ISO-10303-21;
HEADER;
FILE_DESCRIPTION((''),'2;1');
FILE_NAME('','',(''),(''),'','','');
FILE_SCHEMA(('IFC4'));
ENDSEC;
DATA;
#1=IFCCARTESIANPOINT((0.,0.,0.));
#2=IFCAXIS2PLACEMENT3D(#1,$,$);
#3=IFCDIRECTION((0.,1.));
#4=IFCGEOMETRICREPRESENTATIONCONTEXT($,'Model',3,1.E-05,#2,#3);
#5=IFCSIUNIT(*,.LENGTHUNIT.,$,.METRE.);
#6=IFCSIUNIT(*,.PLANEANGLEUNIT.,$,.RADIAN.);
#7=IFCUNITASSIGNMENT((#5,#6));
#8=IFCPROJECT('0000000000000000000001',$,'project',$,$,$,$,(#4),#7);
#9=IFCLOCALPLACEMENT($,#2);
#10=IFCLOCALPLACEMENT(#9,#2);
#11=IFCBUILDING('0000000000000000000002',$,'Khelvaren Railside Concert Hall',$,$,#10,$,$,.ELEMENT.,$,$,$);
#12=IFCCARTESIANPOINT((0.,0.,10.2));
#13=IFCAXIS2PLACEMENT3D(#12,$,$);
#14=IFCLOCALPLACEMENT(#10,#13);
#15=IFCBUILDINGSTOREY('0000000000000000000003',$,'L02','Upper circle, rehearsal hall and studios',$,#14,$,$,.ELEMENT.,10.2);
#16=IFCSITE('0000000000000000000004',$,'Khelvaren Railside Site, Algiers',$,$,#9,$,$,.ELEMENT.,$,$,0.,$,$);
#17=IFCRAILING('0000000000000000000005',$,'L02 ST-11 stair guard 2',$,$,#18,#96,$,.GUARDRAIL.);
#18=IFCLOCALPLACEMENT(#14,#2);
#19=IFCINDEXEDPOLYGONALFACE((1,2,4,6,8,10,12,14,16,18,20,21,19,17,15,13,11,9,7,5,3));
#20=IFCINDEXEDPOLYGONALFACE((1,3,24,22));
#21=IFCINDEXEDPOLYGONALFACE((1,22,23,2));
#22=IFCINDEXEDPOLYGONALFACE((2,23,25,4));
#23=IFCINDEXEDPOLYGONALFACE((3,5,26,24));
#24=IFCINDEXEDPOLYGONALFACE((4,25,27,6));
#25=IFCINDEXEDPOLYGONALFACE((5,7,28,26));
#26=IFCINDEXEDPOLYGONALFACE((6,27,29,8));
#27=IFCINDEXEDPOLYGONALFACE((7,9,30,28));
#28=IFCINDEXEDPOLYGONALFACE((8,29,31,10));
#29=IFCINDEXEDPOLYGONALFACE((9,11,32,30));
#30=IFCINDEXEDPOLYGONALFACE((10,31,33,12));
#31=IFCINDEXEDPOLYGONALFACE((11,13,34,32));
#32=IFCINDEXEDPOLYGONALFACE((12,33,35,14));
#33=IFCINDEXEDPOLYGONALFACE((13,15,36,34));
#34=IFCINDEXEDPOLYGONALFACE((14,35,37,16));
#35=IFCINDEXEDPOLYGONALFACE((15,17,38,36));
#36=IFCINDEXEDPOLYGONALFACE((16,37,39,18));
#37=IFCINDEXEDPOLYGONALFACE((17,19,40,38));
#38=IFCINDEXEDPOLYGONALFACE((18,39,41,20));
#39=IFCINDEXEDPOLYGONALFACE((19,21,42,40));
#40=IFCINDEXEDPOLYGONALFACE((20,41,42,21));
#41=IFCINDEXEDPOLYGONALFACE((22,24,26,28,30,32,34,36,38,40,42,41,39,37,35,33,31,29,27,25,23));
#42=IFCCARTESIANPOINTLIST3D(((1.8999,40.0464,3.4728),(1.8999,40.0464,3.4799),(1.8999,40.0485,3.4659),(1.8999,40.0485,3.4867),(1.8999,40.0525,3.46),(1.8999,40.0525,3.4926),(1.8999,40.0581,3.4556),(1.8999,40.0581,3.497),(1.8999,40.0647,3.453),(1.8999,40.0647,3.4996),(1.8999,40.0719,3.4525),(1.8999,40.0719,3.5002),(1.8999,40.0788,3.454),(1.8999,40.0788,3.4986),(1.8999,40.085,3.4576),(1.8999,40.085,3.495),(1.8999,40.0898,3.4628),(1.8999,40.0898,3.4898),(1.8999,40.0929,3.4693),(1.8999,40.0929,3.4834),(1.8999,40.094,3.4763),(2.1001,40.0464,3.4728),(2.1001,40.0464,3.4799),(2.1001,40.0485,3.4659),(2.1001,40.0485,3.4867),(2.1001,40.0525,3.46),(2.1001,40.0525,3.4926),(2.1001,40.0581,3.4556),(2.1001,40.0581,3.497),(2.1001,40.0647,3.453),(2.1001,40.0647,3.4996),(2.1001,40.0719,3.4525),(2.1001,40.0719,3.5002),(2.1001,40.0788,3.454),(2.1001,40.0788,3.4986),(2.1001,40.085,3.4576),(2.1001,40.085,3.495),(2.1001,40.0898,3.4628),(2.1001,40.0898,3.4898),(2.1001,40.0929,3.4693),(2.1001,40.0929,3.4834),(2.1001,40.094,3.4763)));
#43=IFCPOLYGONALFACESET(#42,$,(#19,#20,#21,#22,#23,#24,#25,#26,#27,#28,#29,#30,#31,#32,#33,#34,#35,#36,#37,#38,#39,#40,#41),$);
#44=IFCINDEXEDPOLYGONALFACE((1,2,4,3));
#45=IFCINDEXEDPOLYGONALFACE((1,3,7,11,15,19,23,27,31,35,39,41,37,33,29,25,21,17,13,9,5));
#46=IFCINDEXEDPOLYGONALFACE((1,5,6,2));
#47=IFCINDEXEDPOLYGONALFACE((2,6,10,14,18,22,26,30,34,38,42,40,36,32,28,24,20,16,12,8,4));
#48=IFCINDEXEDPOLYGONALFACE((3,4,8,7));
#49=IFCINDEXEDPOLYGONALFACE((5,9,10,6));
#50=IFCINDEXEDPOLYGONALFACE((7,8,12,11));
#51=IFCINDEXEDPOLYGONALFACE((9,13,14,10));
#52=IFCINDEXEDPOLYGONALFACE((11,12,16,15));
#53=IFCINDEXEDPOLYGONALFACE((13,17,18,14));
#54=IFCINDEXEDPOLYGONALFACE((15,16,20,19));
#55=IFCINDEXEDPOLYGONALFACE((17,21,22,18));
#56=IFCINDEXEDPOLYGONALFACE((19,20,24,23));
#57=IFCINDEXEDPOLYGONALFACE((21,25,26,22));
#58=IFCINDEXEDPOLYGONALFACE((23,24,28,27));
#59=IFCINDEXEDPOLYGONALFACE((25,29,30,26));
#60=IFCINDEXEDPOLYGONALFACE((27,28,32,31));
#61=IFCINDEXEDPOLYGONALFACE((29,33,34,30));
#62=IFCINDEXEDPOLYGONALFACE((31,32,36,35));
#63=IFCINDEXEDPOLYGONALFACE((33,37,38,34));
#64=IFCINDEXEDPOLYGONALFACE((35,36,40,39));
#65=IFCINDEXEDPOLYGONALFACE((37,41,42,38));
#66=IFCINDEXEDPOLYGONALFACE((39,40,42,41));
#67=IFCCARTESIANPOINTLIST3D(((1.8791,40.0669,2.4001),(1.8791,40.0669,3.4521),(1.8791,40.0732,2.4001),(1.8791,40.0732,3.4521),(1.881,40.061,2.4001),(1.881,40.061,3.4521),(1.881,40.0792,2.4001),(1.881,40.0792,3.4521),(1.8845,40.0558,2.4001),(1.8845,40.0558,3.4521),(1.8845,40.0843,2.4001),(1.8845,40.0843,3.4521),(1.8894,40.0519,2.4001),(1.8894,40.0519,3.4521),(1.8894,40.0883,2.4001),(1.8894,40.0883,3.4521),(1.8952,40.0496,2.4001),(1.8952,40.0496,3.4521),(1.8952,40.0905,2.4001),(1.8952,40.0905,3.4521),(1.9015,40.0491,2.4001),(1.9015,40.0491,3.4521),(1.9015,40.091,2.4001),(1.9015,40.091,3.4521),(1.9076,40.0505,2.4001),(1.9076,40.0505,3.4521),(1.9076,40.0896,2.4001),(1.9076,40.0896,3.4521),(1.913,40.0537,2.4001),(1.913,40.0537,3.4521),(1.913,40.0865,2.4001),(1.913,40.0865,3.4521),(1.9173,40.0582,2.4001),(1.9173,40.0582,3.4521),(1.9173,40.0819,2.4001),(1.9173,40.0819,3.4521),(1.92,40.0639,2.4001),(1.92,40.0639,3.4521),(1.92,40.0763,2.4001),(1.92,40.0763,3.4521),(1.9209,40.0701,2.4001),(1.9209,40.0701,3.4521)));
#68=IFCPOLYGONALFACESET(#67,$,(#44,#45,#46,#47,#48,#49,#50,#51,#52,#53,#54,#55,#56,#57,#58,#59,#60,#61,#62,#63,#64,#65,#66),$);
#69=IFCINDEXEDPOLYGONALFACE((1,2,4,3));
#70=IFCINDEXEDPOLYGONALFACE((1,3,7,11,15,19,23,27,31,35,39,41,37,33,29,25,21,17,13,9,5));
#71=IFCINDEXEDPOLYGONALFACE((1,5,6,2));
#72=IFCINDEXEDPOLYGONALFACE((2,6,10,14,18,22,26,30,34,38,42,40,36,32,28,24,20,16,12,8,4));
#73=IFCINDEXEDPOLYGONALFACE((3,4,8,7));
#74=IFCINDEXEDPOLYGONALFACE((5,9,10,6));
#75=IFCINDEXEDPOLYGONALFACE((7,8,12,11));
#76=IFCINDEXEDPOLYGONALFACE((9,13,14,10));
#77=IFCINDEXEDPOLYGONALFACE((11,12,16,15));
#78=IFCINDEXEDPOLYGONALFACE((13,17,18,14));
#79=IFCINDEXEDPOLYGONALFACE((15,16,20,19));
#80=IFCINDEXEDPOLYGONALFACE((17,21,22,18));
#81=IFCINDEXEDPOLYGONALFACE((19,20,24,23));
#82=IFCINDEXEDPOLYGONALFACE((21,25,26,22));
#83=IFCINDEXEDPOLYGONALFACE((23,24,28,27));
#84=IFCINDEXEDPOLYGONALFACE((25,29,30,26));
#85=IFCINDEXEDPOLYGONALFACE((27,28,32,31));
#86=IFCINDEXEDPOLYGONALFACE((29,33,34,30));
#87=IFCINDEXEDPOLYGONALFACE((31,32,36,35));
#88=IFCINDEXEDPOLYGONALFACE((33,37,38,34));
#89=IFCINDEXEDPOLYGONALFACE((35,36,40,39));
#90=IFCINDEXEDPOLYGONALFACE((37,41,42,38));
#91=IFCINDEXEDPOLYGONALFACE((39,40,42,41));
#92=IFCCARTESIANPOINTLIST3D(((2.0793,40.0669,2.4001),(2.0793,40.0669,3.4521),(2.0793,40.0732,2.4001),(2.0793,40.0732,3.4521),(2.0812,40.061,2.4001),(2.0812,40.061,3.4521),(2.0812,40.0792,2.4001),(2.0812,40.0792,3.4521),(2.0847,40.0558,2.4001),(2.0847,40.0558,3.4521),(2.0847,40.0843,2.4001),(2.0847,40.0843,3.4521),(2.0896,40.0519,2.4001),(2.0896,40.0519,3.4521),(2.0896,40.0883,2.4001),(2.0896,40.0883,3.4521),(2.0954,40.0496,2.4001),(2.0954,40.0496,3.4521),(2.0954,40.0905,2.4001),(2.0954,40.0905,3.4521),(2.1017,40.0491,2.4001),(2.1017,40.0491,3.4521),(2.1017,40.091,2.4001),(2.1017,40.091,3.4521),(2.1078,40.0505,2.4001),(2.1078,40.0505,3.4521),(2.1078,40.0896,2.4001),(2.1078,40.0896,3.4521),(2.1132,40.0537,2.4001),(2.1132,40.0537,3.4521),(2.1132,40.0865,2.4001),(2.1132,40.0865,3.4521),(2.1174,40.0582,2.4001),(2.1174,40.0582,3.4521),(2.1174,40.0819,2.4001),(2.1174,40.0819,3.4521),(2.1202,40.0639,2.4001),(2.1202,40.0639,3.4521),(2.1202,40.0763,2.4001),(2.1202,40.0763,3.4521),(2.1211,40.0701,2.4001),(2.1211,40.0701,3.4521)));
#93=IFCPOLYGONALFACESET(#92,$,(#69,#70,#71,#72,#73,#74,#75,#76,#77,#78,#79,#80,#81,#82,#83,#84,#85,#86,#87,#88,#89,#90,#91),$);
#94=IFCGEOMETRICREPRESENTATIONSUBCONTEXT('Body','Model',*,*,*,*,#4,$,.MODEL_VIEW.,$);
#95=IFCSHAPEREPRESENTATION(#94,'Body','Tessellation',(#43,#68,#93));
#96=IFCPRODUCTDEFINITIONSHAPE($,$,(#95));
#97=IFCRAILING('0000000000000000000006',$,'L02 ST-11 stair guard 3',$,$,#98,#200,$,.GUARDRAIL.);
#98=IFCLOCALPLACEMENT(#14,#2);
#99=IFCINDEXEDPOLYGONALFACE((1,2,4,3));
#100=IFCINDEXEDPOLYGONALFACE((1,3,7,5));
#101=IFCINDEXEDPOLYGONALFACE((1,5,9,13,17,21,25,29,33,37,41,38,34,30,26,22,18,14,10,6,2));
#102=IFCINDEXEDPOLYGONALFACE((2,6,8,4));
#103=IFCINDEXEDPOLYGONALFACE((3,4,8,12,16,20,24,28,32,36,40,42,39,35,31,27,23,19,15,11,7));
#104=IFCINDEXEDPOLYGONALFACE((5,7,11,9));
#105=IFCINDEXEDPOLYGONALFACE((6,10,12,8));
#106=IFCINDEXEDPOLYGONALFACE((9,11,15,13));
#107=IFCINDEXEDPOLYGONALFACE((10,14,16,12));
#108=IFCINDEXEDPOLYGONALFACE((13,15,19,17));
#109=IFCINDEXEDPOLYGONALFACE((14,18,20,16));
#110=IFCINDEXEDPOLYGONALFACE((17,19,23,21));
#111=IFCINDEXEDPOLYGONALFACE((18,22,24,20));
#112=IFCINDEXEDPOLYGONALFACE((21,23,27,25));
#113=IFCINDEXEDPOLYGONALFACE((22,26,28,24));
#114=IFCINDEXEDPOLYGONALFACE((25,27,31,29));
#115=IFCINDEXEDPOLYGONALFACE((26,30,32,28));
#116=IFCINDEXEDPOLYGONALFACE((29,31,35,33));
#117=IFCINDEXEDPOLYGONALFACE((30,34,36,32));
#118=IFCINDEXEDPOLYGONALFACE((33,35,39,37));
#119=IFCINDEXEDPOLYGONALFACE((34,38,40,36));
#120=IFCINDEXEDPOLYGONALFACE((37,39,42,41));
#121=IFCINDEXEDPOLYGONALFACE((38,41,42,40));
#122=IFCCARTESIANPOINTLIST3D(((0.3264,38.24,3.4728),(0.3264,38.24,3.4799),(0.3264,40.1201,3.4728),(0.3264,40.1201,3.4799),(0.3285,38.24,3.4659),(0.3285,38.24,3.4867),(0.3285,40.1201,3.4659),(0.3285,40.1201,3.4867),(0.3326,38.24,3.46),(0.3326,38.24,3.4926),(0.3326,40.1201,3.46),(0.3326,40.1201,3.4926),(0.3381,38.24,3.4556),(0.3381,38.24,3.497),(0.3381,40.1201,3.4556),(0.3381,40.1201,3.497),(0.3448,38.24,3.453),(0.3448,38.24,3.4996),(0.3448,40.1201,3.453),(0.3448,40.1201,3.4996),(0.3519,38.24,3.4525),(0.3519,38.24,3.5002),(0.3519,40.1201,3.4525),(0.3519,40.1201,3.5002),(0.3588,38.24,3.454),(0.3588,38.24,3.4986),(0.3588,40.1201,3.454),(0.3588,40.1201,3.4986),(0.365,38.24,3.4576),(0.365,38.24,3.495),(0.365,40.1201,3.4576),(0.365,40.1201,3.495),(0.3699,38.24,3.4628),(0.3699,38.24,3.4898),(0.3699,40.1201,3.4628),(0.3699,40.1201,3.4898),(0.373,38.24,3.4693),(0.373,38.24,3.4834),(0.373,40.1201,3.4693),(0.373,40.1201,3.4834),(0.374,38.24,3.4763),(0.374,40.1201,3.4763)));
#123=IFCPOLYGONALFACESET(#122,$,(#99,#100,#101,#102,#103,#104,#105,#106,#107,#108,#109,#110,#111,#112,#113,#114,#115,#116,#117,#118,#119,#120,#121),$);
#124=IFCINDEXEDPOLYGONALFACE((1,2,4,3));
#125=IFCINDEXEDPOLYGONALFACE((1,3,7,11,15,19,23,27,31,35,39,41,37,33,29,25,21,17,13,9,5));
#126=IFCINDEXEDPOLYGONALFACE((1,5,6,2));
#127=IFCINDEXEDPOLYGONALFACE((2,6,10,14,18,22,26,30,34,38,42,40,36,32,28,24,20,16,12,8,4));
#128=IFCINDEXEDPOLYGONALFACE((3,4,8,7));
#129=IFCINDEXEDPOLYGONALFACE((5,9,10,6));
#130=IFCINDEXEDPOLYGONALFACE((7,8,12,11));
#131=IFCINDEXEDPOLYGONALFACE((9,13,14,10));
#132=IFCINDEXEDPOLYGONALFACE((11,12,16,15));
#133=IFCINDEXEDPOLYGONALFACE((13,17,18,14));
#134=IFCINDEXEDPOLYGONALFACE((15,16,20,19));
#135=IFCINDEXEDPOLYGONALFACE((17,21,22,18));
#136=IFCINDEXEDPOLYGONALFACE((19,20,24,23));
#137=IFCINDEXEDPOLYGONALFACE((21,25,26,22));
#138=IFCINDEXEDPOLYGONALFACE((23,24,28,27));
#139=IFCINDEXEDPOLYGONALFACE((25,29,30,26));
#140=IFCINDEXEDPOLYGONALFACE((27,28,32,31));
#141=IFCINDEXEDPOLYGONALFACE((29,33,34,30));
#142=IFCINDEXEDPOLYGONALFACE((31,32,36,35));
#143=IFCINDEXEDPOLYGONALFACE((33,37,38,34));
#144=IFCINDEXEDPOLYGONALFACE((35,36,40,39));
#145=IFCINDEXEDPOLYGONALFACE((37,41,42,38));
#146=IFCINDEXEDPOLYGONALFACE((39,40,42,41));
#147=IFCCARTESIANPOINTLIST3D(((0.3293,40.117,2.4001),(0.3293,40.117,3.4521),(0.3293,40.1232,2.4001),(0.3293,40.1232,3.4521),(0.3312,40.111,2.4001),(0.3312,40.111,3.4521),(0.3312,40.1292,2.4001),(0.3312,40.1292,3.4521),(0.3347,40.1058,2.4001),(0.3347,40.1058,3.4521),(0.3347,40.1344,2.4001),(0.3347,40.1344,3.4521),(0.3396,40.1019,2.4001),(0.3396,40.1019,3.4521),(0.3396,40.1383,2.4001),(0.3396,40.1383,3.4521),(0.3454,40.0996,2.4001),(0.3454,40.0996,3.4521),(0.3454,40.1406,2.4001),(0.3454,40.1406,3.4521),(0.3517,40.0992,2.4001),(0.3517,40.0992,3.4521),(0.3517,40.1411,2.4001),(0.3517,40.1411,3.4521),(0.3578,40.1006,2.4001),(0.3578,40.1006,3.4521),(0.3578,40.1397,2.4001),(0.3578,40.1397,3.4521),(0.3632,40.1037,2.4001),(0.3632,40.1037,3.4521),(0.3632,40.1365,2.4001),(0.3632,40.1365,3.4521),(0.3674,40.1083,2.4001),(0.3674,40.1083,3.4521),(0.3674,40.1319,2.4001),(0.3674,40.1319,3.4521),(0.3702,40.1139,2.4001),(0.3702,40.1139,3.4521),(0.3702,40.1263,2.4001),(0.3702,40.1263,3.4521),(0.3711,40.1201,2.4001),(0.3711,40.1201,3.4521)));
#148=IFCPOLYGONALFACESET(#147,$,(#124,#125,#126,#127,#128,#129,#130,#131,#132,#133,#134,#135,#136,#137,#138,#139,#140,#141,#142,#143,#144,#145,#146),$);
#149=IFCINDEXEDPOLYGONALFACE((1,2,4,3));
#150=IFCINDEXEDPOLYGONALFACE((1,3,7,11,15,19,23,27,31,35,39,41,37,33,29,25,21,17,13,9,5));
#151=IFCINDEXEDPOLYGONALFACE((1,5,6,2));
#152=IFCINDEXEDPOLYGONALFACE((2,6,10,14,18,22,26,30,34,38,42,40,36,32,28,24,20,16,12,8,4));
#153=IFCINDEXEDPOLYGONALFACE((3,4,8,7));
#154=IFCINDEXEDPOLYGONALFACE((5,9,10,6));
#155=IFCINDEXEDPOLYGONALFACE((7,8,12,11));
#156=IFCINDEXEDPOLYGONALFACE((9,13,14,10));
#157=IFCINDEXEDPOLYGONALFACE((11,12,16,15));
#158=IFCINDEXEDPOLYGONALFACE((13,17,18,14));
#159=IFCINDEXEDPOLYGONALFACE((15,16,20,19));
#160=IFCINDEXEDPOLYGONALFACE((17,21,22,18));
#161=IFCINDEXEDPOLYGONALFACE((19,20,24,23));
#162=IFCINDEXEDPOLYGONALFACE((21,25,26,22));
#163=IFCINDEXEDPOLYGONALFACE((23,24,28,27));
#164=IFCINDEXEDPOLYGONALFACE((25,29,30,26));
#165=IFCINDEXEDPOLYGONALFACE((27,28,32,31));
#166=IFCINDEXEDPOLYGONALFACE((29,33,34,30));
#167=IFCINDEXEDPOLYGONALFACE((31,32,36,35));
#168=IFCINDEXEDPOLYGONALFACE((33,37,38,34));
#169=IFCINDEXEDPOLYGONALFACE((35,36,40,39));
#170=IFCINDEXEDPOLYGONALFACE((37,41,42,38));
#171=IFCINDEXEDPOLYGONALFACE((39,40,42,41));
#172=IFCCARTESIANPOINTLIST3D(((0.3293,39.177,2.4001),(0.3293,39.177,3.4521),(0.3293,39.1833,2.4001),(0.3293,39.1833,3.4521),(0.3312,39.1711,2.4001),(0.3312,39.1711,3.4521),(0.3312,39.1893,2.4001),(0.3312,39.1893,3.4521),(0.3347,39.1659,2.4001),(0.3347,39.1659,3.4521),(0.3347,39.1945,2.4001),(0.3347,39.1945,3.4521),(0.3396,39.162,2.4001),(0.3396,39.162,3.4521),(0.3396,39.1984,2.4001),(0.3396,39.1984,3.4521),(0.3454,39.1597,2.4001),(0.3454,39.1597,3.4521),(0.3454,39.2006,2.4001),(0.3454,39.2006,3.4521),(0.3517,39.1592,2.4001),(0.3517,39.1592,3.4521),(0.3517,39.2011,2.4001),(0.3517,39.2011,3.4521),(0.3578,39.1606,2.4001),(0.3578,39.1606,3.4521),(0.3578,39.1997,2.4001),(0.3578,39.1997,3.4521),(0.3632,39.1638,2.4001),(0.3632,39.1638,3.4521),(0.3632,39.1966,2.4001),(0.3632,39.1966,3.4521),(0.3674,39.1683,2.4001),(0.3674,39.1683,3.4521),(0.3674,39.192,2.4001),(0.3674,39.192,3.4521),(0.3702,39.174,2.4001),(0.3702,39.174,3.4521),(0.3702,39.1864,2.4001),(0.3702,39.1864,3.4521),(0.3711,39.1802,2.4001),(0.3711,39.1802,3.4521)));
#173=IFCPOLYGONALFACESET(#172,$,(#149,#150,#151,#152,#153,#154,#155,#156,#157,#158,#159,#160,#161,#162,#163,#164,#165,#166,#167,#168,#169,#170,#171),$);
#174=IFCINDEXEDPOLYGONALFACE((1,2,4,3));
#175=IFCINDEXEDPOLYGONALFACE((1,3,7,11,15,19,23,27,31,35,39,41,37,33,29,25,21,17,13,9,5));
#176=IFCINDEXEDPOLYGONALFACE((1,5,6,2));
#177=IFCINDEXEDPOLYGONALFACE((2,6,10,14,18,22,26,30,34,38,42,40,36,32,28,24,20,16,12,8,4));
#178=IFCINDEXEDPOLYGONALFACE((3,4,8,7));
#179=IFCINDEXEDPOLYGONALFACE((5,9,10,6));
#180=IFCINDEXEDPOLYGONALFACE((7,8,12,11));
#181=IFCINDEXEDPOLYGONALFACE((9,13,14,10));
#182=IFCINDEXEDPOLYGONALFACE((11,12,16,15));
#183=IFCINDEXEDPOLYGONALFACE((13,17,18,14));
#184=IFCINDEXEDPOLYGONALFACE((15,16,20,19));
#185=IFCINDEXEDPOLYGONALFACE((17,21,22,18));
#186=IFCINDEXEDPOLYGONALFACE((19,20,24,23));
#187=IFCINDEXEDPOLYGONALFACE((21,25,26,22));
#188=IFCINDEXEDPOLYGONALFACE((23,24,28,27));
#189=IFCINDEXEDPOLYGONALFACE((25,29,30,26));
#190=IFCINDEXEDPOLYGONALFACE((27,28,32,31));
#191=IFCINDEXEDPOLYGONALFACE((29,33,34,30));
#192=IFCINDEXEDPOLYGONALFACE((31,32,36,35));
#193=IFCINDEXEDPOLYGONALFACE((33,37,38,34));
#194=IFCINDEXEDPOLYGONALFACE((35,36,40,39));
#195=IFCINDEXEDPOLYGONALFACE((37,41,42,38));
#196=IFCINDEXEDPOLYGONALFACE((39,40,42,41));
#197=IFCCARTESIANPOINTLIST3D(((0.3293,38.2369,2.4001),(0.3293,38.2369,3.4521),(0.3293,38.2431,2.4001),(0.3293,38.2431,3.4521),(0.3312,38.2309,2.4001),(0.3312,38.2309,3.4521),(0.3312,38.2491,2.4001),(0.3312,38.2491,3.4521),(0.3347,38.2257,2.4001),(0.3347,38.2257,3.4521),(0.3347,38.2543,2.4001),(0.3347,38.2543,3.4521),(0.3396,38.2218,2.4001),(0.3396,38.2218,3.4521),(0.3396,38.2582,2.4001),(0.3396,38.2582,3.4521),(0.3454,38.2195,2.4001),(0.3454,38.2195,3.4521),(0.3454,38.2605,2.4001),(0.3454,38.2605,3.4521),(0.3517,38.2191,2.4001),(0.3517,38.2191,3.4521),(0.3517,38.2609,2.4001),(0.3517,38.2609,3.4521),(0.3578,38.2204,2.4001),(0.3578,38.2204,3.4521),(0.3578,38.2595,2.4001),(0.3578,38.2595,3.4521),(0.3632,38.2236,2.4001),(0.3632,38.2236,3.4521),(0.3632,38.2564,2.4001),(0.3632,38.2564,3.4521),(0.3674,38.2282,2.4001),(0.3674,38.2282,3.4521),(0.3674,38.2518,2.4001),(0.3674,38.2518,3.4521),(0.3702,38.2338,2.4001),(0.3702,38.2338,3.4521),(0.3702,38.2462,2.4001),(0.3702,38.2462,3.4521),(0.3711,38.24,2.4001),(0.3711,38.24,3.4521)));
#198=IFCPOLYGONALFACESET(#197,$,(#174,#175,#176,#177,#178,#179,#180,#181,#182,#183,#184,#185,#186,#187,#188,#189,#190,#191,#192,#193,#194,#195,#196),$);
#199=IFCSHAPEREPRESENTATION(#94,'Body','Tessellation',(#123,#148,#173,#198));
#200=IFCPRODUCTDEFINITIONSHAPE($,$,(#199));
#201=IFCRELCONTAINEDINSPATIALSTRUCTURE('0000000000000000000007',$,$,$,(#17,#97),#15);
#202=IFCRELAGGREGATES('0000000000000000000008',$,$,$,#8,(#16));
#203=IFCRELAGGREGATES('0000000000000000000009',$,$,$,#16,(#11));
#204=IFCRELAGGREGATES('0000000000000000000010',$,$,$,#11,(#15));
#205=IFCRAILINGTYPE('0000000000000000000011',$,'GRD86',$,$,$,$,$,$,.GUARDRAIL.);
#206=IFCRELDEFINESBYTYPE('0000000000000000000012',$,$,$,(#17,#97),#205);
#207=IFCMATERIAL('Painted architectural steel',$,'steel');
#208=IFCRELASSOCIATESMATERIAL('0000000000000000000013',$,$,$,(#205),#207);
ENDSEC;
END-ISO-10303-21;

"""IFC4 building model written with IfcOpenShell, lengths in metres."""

from ifc_helpers import new_model, si_unit, direction, frame, origin, origin_2d, place, context, subcontext, project, spatial, circle, extrude, material, type_object, element, save


model = new_model("IFC4")

# Units and contexts
model_context = context("Model", 3, precision=1e-05, world=origin(), true_north=direction((0.0, 1.0)))
body_context = subcontext(model_context, "Body", "Model", "MODEL_VIEW")
ifc_project = project(units=[si_unit("LENGTHUNIT", "METRE"), si_unit("PLANEANGLEUNIT", "RADIAN")], contexts=[model_context])

# Site, building, storey
site_placement = place(None, origin())
site = spatial("IfcSite", under=ifc_project, at=site_placement, Name="Khelvaren Railside Site, Algiers", CompositionType="ELEMENT", RefElevation=0.0)
building_placement = place(site_placement, origin())
building = spatial("IfcBuilding", under=site, at=building_placement, Name="Khelvaren Railside Concert Hall", CompositionType="ELEMENT")
storey_placement = place(building_placement, frame((0.0, 0.0, 10.2)))
storey = spatial("IfcBuildingStorey", under=building, at=storey_placement, Name="L02", Description="Upper circle, rehearsal hall and studios", CompositionType="ELEMENT", Elevation=10.2)

# Railings
ifc_material_1 = material(Name="Painted architectural steel", Category="steel")
railing_type_1 = type_object("IfcRailingType", Name="GRD86", PredefinedType="GUARDRAIL", material=ifc_material_1)
railing_1_placement = place(storey_placement, frame((1.8999, 40.0701, 2.4001)))
element("IfcRailing", 1, at=railing_1_placement, inside=storey, type_object=railing_type_1, Name="L02 ST-11 stair guard 2", PredefinedType="GUARDRAIL", context=body_context, shape_type="SweptSolid", body=[
    extrude(circle(Radius=0.0239, at=origin_2d()), frame((0.0, 0.0, 1.0762), z_axis=(1.0, 0.0, 0.0), x_axis=(0.0, 1.0, 0.0)), (0.0, 0.0, 1.0), 0.2002),
    extrude(circle(Radius=0.021, at=origin_2d()), origin(), (0.0, 0.0, 1.0), 1.052),
    extrude(circle(Radius=0.021, at=origin_2d()), frame((0.2002, 0.0, 0.0)), (0.0, 0.0, 1.0), 1.052),
])
for number, where, name in (
    (2, (0.3501, 40.1201, 2.4001), "L02 ST-11 stair guard 3"),
):
    element("IfcRailing", number, at=place(storey_placement, frame(where)), inside=storey, type_object=railing_type_1, Name=name, PredefinedType="GUARDRAIL", context=body_context, shape_type="SweptSolid", body=[
        extrude(circle(Radius=0.0239, at=origin_2d()), frame((0.0, 0.0, 1.0762), z_axis=(0.0, -1.0, 0.0), x_axis=(1.0, 0.0, 0.0)), (0.0, 0.0, 1.0), 1.8801),
        extrude(circle(Radius=0.021, at=origin_2d()), origin(), (0.0, 0.0, 1.0), 1.052),
        extrude(circle(Radius=0.021, at=origin_2d()), frame((0.0, -0.9399, 0.0)), (0.0, 0.0, 1.0), 1.052),
        extrude(circle(Radius=0.021, at=origin_2d()), frame((0.0, -1.8801, 0.0)), (0.0, 0.0, 1.0), 1.052),
    ])

save(model, "model.ifc")
